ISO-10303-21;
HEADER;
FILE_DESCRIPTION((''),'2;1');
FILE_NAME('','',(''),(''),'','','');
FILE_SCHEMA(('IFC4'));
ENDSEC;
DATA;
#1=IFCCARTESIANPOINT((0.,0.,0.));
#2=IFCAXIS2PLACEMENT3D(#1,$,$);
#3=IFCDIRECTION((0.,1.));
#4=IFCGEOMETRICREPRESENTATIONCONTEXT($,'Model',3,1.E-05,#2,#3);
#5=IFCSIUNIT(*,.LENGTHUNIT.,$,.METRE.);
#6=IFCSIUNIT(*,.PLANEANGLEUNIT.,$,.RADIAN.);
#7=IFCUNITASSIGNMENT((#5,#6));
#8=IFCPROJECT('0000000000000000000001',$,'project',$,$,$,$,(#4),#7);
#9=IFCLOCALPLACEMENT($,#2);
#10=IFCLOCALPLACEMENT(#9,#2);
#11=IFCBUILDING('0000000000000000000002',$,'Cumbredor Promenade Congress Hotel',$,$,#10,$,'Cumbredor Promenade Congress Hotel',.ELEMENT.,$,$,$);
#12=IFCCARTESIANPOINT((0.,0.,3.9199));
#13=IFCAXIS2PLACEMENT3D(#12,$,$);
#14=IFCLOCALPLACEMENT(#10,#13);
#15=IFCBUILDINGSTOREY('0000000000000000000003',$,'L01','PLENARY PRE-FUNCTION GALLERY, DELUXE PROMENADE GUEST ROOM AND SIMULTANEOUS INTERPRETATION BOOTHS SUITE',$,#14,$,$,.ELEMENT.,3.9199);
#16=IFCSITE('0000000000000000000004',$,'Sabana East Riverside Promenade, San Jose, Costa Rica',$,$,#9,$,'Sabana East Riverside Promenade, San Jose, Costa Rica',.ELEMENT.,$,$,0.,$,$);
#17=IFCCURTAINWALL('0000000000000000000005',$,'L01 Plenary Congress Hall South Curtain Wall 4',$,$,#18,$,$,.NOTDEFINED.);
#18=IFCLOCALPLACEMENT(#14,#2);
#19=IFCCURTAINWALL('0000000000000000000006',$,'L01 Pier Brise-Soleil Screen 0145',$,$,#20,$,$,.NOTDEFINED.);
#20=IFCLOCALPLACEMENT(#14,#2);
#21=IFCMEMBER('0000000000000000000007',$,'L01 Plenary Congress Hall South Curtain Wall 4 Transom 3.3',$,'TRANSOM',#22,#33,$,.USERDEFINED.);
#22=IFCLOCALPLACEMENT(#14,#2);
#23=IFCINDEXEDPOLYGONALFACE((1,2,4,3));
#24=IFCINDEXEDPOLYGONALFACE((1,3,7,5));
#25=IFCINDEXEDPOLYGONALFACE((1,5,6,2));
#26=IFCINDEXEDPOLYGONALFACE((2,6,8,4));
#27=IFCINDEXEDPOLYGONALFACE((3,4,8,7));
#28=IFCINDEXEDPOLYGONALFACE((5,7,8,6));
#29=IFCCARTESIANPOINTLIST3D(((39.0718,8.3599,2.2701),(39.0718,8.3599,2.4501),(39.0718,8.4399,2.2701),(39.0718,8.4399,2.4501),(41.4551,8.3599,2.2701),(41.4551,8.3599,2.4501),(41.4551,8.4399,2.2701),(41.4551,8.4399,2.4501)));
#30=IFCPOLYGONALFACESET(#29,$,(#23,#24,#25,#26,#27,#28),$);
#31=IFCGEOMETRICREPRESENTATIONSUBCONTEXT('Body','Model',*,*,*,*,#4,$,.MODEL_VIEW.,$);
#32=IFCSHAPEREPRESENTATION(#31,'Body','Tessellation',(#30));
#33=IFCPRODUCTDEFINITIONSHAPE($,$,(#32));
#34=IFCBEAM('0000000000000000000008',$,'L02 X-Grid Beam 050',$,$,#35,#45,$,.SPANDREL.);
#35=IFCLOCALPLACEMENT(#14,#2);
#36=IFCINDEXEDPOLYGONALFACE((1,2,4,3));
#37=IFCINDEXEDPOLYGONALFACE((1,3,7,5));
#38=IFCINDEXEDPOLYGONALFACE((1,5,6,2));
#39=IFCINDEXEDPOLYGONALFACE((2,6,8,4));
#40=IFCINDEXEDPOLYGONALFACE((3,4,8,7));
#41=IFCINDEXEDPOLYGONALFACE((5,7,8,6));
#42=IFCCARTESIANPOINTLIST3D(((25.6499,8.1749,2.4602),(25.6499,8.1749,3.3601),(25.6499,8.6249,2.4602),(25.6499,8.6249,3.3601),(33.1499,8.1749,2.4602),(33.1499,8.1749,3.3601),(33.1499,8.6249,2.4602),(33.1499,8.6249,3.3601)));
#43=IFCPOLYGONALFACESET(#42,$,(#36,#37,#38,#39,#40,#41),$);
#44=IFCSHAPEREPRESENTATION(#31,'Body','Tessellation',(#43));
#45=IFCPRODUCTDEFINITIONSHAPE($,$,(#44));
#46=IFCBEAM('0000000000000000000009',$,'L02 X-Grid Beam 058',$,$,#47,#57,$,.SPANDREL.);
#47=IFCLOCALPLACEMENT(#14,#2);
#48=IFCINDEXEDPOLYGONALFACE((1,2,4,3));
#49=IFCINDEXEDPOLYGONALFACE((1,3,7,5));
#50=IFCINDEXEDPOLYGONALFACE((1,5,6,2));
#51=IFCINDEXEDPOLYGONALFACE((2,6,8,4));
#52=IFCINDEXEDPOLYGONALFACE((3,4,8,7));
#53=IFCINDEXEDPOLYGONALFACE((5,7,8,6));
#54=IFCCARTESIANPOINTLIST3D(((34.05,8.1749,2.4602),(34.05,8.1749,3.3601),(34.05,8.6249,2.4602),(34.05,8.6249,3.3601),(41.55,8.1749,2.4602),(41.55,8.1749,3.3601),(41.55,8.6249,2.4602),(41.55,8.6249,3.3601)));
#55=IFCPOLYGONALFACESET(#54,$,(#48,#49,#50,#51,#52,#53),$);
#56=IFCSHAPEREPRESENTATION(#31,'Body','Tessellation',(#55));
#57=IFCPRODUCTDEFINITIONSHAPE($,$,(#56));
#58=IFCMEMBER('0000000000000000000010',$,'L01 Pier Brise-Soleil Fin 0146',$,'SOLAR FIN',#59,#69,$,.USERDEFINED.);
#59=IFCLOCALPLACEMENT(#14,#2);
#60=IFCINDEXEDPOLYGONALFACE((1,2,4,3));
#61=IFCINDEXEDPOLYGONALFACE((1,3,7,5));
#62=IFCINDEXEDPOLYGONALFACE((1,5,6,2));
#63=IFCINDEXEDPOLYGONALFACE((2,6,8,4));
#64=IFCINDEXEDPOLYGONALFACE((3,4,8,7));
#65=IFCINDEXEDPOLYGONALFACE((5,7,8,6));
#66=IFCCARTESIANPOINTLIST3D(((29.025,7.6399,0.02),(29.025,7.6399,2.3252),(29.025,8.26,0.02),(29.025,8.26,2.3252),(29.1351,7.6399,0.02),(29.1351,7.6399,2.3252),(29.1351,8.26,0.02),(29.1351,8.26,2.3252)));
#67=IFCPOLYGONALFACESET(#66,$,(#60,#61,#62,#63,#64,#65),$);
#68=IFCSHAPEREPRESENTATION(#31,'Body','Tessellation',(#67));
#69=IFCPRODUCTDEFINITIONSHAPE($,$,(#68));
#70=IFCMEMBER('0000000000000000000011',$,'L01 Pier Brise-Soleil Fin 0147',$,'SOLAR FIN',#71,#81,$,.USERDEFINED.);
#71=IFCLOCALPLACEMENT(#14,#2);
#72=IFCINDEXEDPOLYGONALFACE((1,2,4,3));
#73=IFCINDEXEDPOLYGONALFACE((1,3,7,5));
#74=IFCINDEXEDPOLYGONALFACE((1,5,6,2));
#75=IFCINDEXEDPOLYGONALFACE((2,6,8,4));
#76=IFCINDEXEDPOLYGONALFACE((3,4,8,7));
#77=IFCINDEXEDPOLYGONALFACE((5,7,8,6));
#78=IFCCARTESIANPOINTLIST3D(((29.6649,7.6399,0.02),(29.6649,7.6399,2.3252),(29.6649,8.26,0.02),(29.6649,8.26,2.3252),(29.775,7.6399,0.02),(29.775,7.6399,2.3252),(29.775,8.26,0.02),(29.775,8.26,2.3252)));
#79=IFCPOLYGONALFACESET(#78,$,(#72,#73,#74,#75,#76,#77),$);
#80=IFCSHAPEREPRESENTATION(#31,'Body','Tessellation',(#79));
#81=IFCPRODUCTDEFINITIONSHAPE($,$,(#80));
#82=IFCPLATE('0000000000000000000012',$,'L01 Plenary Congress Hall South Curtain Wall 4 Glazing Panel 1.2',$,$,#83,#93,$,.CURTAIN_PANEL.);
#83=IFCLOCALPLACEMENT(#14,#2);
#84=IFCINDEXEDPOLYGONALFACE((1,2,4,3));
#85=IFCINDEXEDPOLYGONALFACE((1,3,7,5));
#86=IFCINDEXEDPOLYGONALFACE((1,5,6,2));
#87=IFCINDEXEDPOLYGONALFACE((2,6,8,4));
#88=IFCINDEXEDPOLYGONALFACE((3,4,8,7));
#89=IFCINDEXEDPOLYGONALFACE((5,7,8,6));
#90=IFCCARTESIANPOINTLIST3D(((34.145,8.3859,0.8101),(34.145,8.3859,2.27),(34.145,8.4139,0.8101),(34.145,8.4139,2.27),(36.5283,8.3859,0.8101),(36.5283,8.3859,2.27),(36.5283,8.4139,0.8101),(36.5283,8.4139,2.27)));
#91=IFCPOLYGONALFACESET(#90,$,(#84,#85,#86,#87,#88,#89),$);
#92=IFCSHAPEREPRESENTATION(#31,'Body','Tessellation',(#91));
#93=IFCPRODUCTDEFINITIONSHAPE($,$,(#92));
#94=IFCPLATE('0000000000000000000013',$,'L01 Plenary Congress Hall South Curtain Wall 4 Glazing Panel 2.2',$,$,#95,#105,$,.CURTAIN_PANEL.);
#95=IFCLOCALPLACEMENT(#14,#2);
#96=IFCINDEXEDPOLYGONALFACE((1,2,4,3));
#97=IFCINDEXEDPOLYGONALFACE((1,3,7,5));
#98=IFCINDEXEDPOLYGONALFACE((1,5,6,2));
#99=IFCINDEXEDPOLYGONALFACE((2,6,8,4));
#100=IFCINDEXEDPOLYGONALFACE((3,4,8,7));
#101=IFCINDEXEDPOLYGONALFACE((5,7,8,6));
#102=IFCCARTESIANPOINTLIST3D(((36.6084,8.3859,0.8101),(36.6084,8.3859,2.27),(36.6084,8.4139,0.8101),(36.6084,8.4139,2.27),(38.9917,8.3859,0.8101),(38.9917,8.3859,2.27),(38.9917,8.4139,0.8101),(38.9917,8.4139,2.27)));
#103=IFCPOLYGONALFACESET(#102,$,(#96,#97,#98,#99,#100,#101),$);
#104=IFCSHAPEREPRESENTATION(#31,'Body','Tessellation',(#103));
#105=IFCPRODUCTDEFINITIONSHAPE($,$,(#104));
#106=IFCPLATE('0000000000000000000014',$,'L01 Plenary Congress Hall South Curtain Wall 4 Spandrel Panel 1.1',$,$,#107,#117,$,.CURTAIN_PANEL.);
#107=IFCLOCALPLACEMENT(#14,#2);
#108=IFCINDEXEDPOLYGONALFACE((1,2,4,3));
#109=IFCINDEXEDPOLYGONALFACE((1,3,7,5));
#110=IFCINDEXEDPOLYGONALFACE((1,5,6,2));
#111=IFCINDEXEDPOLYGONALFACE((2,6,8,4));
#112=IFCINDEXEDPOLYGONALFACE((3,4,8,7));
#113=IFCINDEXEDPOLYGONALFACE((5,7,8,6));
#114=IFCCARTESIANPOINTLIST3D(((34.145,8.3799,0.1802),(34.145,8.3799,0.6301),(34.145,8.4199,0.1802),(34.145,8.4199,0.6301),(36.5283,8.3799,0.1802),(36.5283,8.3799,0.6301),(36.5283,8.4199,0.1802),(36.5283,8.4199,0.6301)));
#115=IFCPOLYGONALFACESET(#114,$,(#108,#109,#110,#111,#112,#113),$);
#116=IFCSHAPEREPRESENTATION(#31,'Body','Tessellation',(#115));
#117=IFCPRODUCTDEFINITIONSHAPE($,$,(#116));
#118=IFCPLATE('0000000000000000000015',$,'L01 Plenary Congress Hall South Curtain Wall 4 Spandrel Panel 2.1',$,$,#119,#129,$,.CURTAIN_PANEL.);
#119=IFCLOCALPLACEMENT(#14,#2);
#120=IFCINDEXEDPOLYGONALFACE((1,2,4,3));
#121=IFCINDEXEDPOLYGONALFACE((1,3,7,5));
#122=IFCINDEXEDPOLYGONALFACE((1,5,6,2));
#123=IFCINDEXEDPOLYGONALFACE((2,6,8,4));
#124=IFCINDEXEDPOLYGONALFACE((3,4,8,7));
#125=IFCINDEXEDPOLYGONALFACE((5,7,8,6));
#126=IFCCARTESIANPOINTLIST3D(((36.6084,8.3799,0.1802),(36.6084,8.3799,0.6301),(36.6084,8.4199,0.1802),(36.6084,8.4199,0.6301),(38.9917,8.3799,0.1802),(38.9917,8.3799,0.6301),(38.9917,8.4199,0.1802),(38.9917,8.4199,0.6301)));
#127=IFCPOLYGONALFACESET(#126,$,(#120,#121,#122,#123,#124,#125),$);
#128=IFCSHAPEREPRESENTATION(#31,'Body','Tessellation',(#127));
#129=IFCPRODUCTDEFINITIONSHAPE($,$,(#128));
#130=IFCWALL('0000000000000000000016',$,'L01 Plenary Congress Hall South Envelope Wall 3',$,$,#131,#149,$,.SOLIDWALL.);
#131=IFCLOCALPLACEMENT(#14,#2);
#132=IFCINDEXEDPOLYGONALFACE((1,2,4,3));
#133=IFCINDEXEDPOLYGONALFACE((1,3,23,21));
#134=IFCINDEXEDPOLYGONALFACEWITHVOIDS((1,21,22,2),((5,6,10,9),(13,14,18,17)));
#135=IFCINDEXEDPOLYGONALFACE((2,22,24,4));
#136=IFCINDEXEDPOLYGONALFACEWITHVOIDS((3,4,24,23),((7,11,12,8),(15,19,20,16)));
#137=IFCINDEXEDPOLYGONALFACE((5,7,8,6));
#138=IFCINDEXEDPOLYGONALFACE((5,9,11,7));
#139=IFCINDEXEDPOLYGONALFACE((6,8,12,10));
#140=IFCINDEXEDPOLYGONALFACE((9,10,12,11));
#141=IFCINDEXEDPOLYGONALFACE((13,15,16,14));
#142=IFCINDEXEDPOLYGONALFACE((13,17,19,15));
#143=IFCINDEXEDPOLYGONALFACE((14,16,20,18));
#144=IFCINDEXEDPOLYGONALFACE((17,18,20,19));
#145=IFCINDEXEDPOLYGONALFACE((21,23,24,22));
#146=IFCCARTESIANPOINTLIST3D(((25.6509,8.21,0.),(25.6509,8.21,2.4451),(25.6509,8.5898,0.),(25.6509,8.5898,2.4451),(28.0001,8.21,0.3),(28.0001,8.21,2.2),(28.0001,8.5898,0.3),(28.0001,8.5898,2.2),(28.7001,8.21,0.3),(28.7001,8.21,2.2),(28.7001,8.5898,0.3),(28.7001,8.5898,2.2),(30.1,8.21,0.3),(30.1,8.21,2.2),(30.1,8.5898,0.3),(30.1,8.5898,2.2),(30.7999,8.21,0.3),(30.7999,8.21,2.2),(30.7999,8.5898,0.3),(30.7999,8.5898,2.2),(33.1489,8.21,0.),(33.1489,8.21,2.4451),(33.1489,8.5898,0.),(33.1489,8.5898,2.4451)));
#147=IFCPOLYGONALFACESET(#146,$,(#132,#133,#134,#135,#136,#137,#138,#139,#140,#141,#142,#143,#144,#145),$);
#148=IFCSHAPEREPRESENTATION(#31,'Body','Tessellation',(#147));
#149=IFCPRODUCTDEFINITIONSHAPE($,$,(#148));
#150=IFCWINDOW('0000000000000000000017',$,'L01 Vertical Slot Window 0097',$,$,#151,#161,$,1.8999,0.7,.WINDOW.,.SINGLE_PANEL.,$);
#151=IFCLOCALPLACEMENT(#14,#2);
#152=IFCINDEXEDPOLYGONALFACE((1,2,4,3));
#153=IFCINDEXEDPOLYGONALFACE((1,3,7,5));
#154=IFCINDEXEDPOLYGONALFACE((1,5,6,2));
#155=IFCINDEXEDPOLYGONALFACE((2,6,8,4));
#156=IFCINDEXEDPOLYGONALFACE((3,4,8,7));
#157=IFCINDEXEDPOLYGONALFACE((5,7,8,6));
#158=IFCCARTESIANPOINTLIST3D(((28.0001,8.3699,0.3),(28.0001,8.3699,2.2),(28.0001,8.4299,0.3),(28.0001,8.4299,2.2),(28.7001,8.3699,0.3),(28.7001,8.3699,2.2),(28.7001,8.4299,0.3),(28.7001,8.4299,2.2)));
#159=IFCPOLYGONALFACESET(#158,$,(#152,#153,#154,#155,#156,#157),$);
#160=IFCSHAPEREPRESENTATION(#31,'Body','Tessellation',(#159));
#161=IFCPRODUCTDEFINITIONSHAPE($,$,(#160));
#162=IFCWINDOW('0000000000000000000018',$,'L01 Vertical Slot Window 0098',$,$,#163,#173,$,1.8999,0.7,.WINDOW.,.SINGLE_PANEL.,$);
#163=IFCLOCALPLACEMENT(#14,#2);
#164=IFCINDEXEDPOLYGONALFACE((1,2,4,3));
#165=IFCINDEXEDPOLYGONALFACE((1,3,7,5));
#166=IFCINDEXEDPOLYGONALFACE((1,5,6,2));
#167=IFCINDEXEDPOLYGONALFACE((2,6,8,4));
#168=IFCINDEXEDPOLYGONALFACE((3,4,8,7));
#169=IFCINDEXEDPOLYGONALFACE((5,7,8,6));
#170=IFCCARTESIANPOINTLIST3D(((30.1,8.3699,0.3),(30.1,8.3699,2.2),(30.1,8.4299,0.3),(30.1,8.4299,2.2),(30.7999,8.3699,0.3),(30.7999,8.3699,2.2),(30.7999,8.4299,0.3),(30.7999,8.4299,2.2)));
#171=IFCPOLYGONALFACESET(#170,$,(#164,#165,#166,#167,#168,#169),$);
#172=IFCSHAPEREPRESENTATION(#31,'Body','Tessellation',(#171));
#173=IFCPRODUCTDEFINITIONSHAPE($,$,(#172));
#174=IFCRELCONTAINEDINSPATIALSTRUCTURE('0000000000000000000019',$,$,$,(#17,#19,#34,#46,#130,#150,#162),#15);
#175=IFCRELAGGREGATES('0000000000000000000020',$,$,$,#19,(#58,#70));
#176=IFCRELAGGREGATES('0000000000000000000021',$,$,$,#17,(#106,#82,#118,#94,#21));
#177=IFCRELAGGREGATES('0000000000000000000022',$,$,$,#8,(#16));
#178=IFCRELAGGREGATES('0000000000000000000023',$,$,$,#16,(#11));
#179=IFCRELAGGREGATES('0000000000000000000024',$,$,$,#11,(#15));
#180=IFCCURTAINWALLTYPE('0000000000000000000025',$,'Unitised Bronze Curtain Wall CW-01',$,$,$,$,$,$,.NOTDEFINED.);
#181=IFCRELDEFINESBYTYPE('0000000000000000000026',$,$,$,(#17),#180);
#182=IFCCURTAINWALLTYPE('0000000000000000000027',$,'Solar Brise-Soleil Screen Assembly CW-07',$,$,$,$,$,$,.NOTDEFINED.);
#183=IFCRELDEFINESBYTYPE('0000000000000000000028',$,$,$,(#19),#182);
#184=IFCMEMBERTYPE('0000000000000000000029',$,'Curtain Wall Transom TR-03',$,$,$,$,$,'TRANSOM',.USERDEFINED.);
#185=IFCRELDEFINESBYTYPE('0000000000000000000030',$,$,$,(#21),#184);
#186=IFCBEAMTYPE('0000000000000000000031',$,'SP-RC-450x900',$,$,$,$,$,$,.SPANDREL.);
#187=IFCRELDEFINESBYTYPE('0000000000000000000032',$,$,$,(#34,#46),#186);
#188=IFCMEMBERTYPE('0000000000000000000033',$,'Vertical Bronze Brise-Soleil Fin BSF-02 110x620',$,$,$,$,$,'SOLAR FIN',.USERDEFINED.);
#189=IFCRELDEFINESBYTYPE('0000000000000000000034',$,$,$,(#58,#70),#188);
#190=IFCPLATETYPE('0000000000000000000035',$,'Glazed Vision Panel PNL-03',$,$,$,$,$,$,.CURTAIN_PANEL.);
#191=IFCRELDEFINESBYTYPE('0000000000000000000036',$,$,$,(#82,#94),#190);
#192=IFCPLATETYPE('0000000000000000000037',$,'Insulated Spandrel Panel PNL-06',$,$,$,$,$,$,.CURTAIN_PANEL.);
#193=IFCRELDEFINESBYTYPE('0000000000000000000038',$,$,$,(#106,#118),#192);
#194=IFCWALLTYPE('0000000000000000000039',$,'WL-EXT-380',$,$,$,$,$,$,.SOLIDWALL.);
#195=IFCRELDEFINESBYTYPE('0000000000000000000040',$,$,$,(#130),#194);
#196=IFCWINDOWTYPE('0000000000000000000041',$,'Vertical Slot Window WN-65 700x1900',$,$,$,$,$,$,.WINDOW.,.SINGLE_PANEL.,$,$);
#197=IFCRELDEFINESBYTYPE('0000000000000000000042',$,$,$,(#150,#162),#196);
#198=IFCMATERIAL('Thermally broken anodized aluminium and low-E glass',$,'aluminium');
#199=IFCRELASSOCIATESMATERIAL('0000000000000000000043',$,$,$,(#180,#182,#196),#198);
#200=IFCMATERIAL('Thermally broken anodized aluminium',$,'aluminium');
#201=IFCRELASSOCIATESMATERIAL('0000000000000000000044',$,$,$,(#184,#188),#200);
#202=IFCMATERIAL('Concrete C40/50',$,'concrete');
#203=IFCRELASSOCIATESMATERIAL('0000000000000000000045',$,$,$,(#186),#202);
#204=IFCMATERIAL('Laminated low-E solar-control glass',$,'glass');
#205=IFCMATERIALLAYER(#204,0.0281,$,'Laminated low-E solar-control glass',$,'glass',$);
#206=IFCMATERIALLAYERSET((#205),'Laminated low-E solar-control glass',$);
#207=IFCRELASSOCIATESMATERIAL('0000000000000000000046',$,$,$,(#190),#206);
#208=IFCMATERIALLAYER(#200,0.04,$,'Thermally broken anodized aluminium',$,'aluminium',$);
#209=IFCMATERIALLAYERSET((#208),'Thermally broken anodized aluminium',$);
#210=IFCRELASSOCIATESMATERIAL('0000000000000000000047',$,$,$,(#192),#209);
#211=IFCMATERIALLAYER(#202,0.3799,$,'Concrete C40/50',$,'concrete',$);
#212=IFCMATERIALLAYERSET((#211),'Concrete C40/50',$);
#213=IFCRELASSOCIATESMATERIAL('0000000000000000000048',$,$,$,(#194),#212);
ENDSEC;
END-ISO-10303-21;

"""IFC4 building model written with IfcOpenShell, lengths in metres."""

from ifc_helpers import new_model, si_unit, direction, frame, frame_2d, origin, origin_2d, place, context, subcontext, project, spatial, rectangle, extrude, material, layer, layer_set, material_profile, profile_set, type_object, element, fill, aggregate, save


model = new_model("IFC4")

# Units and contexts
model_context = context("Model", 3, precision=1e-05, world=origin(), true_north=direction((0.0, 1.0)))
body_context = subcontext(model_context, "Body", "Model", "MODEL_VIEW")
ifc_project = project(units=[si_unit("LENGTHUNIT", "METRE"), si_unit("PLANEANGLEUNIT", "RADIAN")], contexts=[model_context])

# Site, building, storey
site_placement = place(None, origin())
site = spatial("IfcSite", under=ifc_project, at=site_placement, Name="Sabana East Riverside Promenade, San Jose, Costa Rica", LongName="Sabana East Riverside Promenade, San Jose, Costa Rica", CompositionType="ELEMENT", RefElevation=0.0)
building_placement = place(site_placement, origin())
building = spatial("IfcBuilding", under=site, at=building_placement, Name="Cumbredor Promenade Congress Hotel", LongName="Cumbredor Promenade Congress Hotel", CompositionType="ELEMENT")
storey_placement = place(building_placement, frame((0.0, 0.0, 3.9199)))
storey = spatial("IfcBuildingStorey", under=building, at=storey_placement, Name="L01", Description="PLENARY PRE-FUNCTION GALLERY, DELUXE PROMENADE GUEST ROOM AND SIMULTANEOUS INTERPRETATION BOOTHS SUITE", CompositionType="ELEMENT", Elevation=3.9199)

# Shared definitions
ifc_material_1 = material(Name="Concrete C40/50", Category="concrete")

# Curtain wall
ifc_material_2 = material(Name="Thermally broken anodized aluminium and low-E glass", Category="aluminium")
curtain_wall_type_1 = type_object("IfcCurtainWallType", Name="Unitised Bronze Curtain Wall CW-01", PredefinedType="NOTDEFINED", material=ifc_material_2)
curtain_wall_1_placement = place(storey_placement, origin())
curtain_wall_1 = element("IfcCurtainWall", 1, at=curtain_wall_1_placement, inside=storey, type_object=curtain_wall_type_1, Name="L01 Plenary Congress Hall South Curtain Wall 4", PredefinedType="NOTDEFINED")
ifc_material_3 = material(Name="Thermally broken anodized aluminium", Category="aluminium")

# Curtain wall
curtain_wall_type_2 = type_object("IfcCurtainWallType", Name="Solar Brise-Soleil Screen Assembly CW-07", PredefinedType="NOTDEFINED", material=ifc_material_2)
curtain_wall_2_placement = place(storey_placement, origin())
curtain_wall_2 = element("IfcCurtainWall", 2, at=curtain_wall_2_placement, inside=storey, type_object=curtain_wall_type_2, Name="L01 Pier Brise-Soleil Screen 0145", PredefinedType="NOTDEFINED")

# Member
ifc_material_profile_1 = material_profile(ifc_material_3, rectangle(XDim=0.0801, YDim=0.1799, at=origin_2d()), Name="ALU TRANSOM 80x180")
ifc_profile_set_1 = profile_set([ifc_material_profile_1], Name="Thermally broken anodized aluminium")
member_type_1 = type_object("IfcMemberType", Name="Curtain Wall Transom TR-03", ElementType="TRANSOM", PredefinedType="USERDEFINED", material=ifc_profile_set_1)
member_1_placement = place(storey_placement, frame((39.0718, 8.3999, 2.3601), z_axis=(1.0, 0.0, 0.0), x_axis=(0.0, 1.0, 0.0)))
member_1 = element("IfcMember", 3, at=member_1_placement, type_object=member_type_1, Name="L01 Plenary Congress Hall South Curtain Wall 4 Transom 3.3", ObjectType="TRANSOM", PredefinedType="USERDEFINED", context=body_context, shape_type="SweptSolid", body=[
    extrude(rectangle(XDim=0.0801, YDim=0.1799, at=origin_2d()), origin(), (0.0, 0.0, 1.0), 2.3833),
])

# Beams
ifc_material_profile_2 = material_profile(ifc_material_1, rectangle(XDim=0.45, YDim=0.8999, at=origin_2d()), Name="RC SPANDREL 450x900")
ifc_profile_set_2 = profile_set([ifc_material_profile_2], Name="Concrete C40/50")
beam_type_1 = type_object("IfcBeamType", Name="SP-RC-450x900", PredefinedType="SPANDREL", material=ifc_profile_set_2)
for number, where, z_axis, x_axis, name in (
    (4, (25.6499, 8.3999, 2.9102), (1.0, 0.0, 0.0), (0.0, 1.0, 0.0), "L02 X-Grid Beam 050"),
    (5, (34.05, 8.3999, 2.9102), (1.0, 0.0, 0.0), (0.0, 1.0, 0.0), "L02 X-Grid Beam 058"),
):
    element("IfcBeam", number, at=place(storey_placement, frame(where, z_axis=z_axis, x_axis=x_axis)), inside=storey, type_object=beam_type_1, Name=name, PredefinedType="SPANDREL", context=body_context, shape_type="SweptSolid", body=[
        extrude(rectangle(XDim=0.45, YDim=0.8999, at=origin_2d()), origin(), (0.0, 0.0, 1.0), 7.5),
    ])

# Members
ifc_material_profile_3 = material_profile(ifc_material_3, rectangle(XDim=0.1101, YDim=0.6201, at=origin_2d()), Name="ARCH FIN 110x620")
ifc_profile_set_3 = profile_set([ifc_material_profile_3], Name="Thermally broken anodized aluminium")
member_type_2 = type_object("IfcMemberType", Name="Vertical Bronze Brise-Soleil Fin BSF-02 110x620", ElementType="SOLAR FIN", PredefinedType="USERDEFINED", material=ifc_profile_set_3)
member_2_placement = place(storey_placement, frame((29.0801, 7.95, 0.02), z_axis=(0.0, 0.0, 1.0), x_axis=(1.0, 0.0, 0.0)))
member_2 = element("IfcMember", 6, at=member_2_placement, type_object=member_type_2, Name="L01 Pier Brise-Soleil Fin 0146", ObjectType="SOLAR FIN", PredefinedType="USERDEFINED", context=body_context, shape_type="SweptSolid", body=[
    extrude(rectangle(XDim=0.1101, YDim=0.6201, at=origin_2d()), origin(), (0.0, 0.0, 1.0), 2.3052),
])
member_3_placement = place(storey_placement, frame((29.72, 7.95, 0.02), z_axis=(0.0, 0.0, 1.0), x_axis=(1.0, 0.0, 0.0)))
member_3 = element("IfcMember", 7, at=member_3_placement, type_object=member_type_2, Name="L01 Pier Brise-Soleil Fin 0147", ObjectType="SOLAR FIN", PredefinedType="USERDEFINED", context=body_context, shape_type="SweptSolid", body=[
    extrude(rectangle(XDim=0.1101, YDim=0.6201, at=origin_2d()), origin(), (0.0, 0.0, 1.0), 2.3052),
])
aggregate(curtain_wall_2, [member_2, member_3])

# Plates
ifc_material_4 = material(Name="Laminated low-E solar-control glass", Category="glass")
ifc_layer_1 = layer(ifc_material_4, 0.0281, Name="Laminated low-E solar-control glass", Category="glass")
ifc_layer_set_1 = layer_set([ifc_layer_1], Name="Laminated low-E solar-control glass")
plate_type_1 = type_object("IfcPlateType", Name="Glazed Vision Panel PNL-03", PredefinedType="CURTAIN_PANEL", material=ifc_layer_set_1)
plate_1_placement = place(storey_placement, frame((35.3367, 8.3999, 0.8101), z_axis=(0.0, 0.0, 1.0), x_axis=(1.0, 0.0, 0.0)))
plate_1 = element("IfcPlate", 8, at=plate_1_placement, type_object=plate_type_1, Name="L01 Plenary Congress Hall South Curtain Wall 4 Glazing Panel 1.2", PredefinedType="CURTAIN_PANEL", context=body_context, shape_type="SweptSolid", body=[
    extrude(rectangle(XDim=2.3833, YDim=0.0281, at=origin_2d()), origin(), (0.0, 0.0, 1.0), 1.46),
])
plate_2_placement = place(storey_placement, frame((37.8, 8.3999, 0.8101), z_axis=(0.0, 0.0, 1.0), x_axis=(1.0, 0.0, 0.0)))
plate_2 = element("IfcPlate", 9, at=plate_2_placement, type_object=plate_type_1, Name="L01 Plenary Congress Hall South Curtain Wall 4 Glazing Panel 2.2", PredefinedType="CURTAIN_PANEL", context=body_context, shape_type="SweptSolid", body=[
    extrude(rectangle(XDim=2.3833, YDim=0.0281, at=origin_2d()), origin(), (0.0, 0.0, 1.0), 1.46),
])
ifc_layer_2 = layer(ifc_material_3, 0.04, Name="Thermally broken anodized aluminium", Category="aluminium")
ifc_layer_set_2 = layer_set([ifc_layer_2], Name="Thermally broken anodized aluminium")
plate_type_2 = type_object("IfcPlateType", Name="Insulated Spandrel Panel PNL-06", PredefinedType="CURTAIN_PANEL", material=ifc_layer_set_2)
plate_3_placement = place(storey_placement, frame((35.3367, 8.3999, 0.1802), z_axis=(0.0, 0.0, 1.0), x_axis=(1.0, 0.0, 0.0)))
plate_3 = element("IfcPlate", 10, at=plate_3_placement, type_object=plate_type_2, Name="L01 Plenary Congress Hall South Curtain Wall 4 Spandrel Panel 1.1", PredefinedType="CURTAIN_PANEL", context=body_context, shape_type="SweptSolid", body=[
    extrude(rectangle(XDim=2.3833, YDim=0.04, at=origin_2d()), origin(), (0.0, 0.0, 1.0), 0.45),
])
plate_4_placement = place(storey_placement, frame((37.8, 8.3999, 0.1802), z_axis=(0.0, 0.0, 1.0), x_axis=(1.0, 0.0, 0.0)))
plate_4 = element("IfcPlate", 11, at=plate_4_placement, type_object=plate_type_2, Name="L01 Plenary Congress Hall South Curtain Wall 4 Spandrel Panel 2.1", PredefinedType="CURTAIN_PANEL", context=body_context, shape_type="SweptSolid", body=[
    extrude(rectangle(XDim=2.3833, YDim=0.04, at=origin_2d()), origin(), (0.0, 0.0, 1.0), 0.45),
])
aggregate(curtain_wall_1, [plate_3, plate_1, plate_4, plate_2, member_1])

# Wall, openings, windows
ifc_layer_3 = layer(ifc_material_1, 0.3799, Name="Concrete C40/50", Category="concrete")
ifc_layer_set_3 = layer_set([ifc_layer_3], Name="Concrete C40/50")
wall_type = type_object("IfcWallType", Name="WL-EXT-380", PredefinedType="SOLIDWALL", material=ifc_layer_set_3)
wall_placement = place(storey_placement, frame((25.6509, 8.3999, 0.0), z_axis=(0.0, 0.0, 1.0), x_axis=(1.0, 0.0, 0.0)))
wall = element("IfcWall", 12, at=wall_placement, inside=storey, type_object=wall_type, Name="L01 Plenary Congress Hall South Envelope Wall 3", PredefinedType="SOLIDWALL", context=body_context, shape_type="SweptSolid", body=[
    extrude(rectangle(XDim=7.498, YDim=0.3799, at=frame_2d((3.749, 0.0))), origin(), (0.0, 0.0, 1.0), 2.4451),
])
opening_1_placement = place(wall_placement, frame((2.3491, 0.0, 0.3)))
opening_1 = element("IfcOpeningElement", 13, at=opening_1_placement, cuts=wall, PredefinedType="OPENING", context=body_context, shape_type="SweptSolid", body=[
    extrude(rectangle(XDim=0.7, YDim=1.8999, at=frame_2d((0.3501, 0.95))), frame((0.0, 0.2, 0.0), z_axis=(0.0, -1.0, 0.0), x_axis=(1.0, 0.0, 0.0)), (0.0, 0.0, 1.0), 0.3999),
])
opening_2_placement = place(wall_placement, frame((4.449, 0.0, 0.3)))
opening_2 = element("IfcOpeningElement", 14, at=opening_2_placement, cuts=wall, PredefinedType="OPENING", context=body_context, shape_type="SweptSolid", body=[
    extrude(rectangle(XDim=0.7, YDim=1.8999, at=frame_2d((0.3501, 0.95))), frame((0.0, 0.2, 0.0), z_axis=(0.0, -1.0, 0.0), x_axis=(1.0, 0.0, 0.0)), (0.0, 0.0, 1.0), 0.3999),
])
window_type = type_object("IfcWindowType", Name="Vertical Slot Window WN-65 700x1900", PartitioningType="SINGLE_PANEL", PredefinedType="WINDOW", material=ifc_material_2)
window_1_placement = place(opening_1_placement, origin())
window_1 = element("IfcWindow", 15, at=window_1_placement, inside=storey, type_object=window_type, Name="L01 Vertical Slot Window 0097", OverallHeight=1.8999, OverallWidth=0.7, PartitioningType="SINGLE_PANEL", PredefinedType="WINDOW", context=body_context, shape_type="SweptSolid", body=[
    extrude(rectangle(XDim=0.7, YDim=1.8999, at=frame_2d((0.3501, 0.95))), frame((0.0, 0.03, 0.0), z_axis=(0.0, -1.0, 0.0), x_axis=(1.0, 0.0, 0.0)), (0.0, 0.0, 1.0), 0.0601),
])
fill(opening_1, window_1)
window_2_placement = place(opening_2_placement, origin())
window_2 = element("IfcWindow", 16, at=window_2_placement, inside=storey, type_object=window_type, Name="L01 Vertical Slot Window 0098", OverallHeight=1.8999, OverallWidth=0.7, PartitioningType="SINGLE_PANEL", PredefinedType="WINDOW", context=body_context, shape_type="SweptSolid", body=[
    extrude(rectangle(XDim=0.7, YDim=1.8999, at=frame_2d((0.3501, 0.95))), frame((0.0, 0.03, 0.0), z_axis=(0.0, -1.0, 0.0), x_axis=(1.0, 0.0, 0.0)), (0.0, 0.0, 1.0), 0.0601),
])
fill(opening_2, window_2)

save(model, "model.ifc")
